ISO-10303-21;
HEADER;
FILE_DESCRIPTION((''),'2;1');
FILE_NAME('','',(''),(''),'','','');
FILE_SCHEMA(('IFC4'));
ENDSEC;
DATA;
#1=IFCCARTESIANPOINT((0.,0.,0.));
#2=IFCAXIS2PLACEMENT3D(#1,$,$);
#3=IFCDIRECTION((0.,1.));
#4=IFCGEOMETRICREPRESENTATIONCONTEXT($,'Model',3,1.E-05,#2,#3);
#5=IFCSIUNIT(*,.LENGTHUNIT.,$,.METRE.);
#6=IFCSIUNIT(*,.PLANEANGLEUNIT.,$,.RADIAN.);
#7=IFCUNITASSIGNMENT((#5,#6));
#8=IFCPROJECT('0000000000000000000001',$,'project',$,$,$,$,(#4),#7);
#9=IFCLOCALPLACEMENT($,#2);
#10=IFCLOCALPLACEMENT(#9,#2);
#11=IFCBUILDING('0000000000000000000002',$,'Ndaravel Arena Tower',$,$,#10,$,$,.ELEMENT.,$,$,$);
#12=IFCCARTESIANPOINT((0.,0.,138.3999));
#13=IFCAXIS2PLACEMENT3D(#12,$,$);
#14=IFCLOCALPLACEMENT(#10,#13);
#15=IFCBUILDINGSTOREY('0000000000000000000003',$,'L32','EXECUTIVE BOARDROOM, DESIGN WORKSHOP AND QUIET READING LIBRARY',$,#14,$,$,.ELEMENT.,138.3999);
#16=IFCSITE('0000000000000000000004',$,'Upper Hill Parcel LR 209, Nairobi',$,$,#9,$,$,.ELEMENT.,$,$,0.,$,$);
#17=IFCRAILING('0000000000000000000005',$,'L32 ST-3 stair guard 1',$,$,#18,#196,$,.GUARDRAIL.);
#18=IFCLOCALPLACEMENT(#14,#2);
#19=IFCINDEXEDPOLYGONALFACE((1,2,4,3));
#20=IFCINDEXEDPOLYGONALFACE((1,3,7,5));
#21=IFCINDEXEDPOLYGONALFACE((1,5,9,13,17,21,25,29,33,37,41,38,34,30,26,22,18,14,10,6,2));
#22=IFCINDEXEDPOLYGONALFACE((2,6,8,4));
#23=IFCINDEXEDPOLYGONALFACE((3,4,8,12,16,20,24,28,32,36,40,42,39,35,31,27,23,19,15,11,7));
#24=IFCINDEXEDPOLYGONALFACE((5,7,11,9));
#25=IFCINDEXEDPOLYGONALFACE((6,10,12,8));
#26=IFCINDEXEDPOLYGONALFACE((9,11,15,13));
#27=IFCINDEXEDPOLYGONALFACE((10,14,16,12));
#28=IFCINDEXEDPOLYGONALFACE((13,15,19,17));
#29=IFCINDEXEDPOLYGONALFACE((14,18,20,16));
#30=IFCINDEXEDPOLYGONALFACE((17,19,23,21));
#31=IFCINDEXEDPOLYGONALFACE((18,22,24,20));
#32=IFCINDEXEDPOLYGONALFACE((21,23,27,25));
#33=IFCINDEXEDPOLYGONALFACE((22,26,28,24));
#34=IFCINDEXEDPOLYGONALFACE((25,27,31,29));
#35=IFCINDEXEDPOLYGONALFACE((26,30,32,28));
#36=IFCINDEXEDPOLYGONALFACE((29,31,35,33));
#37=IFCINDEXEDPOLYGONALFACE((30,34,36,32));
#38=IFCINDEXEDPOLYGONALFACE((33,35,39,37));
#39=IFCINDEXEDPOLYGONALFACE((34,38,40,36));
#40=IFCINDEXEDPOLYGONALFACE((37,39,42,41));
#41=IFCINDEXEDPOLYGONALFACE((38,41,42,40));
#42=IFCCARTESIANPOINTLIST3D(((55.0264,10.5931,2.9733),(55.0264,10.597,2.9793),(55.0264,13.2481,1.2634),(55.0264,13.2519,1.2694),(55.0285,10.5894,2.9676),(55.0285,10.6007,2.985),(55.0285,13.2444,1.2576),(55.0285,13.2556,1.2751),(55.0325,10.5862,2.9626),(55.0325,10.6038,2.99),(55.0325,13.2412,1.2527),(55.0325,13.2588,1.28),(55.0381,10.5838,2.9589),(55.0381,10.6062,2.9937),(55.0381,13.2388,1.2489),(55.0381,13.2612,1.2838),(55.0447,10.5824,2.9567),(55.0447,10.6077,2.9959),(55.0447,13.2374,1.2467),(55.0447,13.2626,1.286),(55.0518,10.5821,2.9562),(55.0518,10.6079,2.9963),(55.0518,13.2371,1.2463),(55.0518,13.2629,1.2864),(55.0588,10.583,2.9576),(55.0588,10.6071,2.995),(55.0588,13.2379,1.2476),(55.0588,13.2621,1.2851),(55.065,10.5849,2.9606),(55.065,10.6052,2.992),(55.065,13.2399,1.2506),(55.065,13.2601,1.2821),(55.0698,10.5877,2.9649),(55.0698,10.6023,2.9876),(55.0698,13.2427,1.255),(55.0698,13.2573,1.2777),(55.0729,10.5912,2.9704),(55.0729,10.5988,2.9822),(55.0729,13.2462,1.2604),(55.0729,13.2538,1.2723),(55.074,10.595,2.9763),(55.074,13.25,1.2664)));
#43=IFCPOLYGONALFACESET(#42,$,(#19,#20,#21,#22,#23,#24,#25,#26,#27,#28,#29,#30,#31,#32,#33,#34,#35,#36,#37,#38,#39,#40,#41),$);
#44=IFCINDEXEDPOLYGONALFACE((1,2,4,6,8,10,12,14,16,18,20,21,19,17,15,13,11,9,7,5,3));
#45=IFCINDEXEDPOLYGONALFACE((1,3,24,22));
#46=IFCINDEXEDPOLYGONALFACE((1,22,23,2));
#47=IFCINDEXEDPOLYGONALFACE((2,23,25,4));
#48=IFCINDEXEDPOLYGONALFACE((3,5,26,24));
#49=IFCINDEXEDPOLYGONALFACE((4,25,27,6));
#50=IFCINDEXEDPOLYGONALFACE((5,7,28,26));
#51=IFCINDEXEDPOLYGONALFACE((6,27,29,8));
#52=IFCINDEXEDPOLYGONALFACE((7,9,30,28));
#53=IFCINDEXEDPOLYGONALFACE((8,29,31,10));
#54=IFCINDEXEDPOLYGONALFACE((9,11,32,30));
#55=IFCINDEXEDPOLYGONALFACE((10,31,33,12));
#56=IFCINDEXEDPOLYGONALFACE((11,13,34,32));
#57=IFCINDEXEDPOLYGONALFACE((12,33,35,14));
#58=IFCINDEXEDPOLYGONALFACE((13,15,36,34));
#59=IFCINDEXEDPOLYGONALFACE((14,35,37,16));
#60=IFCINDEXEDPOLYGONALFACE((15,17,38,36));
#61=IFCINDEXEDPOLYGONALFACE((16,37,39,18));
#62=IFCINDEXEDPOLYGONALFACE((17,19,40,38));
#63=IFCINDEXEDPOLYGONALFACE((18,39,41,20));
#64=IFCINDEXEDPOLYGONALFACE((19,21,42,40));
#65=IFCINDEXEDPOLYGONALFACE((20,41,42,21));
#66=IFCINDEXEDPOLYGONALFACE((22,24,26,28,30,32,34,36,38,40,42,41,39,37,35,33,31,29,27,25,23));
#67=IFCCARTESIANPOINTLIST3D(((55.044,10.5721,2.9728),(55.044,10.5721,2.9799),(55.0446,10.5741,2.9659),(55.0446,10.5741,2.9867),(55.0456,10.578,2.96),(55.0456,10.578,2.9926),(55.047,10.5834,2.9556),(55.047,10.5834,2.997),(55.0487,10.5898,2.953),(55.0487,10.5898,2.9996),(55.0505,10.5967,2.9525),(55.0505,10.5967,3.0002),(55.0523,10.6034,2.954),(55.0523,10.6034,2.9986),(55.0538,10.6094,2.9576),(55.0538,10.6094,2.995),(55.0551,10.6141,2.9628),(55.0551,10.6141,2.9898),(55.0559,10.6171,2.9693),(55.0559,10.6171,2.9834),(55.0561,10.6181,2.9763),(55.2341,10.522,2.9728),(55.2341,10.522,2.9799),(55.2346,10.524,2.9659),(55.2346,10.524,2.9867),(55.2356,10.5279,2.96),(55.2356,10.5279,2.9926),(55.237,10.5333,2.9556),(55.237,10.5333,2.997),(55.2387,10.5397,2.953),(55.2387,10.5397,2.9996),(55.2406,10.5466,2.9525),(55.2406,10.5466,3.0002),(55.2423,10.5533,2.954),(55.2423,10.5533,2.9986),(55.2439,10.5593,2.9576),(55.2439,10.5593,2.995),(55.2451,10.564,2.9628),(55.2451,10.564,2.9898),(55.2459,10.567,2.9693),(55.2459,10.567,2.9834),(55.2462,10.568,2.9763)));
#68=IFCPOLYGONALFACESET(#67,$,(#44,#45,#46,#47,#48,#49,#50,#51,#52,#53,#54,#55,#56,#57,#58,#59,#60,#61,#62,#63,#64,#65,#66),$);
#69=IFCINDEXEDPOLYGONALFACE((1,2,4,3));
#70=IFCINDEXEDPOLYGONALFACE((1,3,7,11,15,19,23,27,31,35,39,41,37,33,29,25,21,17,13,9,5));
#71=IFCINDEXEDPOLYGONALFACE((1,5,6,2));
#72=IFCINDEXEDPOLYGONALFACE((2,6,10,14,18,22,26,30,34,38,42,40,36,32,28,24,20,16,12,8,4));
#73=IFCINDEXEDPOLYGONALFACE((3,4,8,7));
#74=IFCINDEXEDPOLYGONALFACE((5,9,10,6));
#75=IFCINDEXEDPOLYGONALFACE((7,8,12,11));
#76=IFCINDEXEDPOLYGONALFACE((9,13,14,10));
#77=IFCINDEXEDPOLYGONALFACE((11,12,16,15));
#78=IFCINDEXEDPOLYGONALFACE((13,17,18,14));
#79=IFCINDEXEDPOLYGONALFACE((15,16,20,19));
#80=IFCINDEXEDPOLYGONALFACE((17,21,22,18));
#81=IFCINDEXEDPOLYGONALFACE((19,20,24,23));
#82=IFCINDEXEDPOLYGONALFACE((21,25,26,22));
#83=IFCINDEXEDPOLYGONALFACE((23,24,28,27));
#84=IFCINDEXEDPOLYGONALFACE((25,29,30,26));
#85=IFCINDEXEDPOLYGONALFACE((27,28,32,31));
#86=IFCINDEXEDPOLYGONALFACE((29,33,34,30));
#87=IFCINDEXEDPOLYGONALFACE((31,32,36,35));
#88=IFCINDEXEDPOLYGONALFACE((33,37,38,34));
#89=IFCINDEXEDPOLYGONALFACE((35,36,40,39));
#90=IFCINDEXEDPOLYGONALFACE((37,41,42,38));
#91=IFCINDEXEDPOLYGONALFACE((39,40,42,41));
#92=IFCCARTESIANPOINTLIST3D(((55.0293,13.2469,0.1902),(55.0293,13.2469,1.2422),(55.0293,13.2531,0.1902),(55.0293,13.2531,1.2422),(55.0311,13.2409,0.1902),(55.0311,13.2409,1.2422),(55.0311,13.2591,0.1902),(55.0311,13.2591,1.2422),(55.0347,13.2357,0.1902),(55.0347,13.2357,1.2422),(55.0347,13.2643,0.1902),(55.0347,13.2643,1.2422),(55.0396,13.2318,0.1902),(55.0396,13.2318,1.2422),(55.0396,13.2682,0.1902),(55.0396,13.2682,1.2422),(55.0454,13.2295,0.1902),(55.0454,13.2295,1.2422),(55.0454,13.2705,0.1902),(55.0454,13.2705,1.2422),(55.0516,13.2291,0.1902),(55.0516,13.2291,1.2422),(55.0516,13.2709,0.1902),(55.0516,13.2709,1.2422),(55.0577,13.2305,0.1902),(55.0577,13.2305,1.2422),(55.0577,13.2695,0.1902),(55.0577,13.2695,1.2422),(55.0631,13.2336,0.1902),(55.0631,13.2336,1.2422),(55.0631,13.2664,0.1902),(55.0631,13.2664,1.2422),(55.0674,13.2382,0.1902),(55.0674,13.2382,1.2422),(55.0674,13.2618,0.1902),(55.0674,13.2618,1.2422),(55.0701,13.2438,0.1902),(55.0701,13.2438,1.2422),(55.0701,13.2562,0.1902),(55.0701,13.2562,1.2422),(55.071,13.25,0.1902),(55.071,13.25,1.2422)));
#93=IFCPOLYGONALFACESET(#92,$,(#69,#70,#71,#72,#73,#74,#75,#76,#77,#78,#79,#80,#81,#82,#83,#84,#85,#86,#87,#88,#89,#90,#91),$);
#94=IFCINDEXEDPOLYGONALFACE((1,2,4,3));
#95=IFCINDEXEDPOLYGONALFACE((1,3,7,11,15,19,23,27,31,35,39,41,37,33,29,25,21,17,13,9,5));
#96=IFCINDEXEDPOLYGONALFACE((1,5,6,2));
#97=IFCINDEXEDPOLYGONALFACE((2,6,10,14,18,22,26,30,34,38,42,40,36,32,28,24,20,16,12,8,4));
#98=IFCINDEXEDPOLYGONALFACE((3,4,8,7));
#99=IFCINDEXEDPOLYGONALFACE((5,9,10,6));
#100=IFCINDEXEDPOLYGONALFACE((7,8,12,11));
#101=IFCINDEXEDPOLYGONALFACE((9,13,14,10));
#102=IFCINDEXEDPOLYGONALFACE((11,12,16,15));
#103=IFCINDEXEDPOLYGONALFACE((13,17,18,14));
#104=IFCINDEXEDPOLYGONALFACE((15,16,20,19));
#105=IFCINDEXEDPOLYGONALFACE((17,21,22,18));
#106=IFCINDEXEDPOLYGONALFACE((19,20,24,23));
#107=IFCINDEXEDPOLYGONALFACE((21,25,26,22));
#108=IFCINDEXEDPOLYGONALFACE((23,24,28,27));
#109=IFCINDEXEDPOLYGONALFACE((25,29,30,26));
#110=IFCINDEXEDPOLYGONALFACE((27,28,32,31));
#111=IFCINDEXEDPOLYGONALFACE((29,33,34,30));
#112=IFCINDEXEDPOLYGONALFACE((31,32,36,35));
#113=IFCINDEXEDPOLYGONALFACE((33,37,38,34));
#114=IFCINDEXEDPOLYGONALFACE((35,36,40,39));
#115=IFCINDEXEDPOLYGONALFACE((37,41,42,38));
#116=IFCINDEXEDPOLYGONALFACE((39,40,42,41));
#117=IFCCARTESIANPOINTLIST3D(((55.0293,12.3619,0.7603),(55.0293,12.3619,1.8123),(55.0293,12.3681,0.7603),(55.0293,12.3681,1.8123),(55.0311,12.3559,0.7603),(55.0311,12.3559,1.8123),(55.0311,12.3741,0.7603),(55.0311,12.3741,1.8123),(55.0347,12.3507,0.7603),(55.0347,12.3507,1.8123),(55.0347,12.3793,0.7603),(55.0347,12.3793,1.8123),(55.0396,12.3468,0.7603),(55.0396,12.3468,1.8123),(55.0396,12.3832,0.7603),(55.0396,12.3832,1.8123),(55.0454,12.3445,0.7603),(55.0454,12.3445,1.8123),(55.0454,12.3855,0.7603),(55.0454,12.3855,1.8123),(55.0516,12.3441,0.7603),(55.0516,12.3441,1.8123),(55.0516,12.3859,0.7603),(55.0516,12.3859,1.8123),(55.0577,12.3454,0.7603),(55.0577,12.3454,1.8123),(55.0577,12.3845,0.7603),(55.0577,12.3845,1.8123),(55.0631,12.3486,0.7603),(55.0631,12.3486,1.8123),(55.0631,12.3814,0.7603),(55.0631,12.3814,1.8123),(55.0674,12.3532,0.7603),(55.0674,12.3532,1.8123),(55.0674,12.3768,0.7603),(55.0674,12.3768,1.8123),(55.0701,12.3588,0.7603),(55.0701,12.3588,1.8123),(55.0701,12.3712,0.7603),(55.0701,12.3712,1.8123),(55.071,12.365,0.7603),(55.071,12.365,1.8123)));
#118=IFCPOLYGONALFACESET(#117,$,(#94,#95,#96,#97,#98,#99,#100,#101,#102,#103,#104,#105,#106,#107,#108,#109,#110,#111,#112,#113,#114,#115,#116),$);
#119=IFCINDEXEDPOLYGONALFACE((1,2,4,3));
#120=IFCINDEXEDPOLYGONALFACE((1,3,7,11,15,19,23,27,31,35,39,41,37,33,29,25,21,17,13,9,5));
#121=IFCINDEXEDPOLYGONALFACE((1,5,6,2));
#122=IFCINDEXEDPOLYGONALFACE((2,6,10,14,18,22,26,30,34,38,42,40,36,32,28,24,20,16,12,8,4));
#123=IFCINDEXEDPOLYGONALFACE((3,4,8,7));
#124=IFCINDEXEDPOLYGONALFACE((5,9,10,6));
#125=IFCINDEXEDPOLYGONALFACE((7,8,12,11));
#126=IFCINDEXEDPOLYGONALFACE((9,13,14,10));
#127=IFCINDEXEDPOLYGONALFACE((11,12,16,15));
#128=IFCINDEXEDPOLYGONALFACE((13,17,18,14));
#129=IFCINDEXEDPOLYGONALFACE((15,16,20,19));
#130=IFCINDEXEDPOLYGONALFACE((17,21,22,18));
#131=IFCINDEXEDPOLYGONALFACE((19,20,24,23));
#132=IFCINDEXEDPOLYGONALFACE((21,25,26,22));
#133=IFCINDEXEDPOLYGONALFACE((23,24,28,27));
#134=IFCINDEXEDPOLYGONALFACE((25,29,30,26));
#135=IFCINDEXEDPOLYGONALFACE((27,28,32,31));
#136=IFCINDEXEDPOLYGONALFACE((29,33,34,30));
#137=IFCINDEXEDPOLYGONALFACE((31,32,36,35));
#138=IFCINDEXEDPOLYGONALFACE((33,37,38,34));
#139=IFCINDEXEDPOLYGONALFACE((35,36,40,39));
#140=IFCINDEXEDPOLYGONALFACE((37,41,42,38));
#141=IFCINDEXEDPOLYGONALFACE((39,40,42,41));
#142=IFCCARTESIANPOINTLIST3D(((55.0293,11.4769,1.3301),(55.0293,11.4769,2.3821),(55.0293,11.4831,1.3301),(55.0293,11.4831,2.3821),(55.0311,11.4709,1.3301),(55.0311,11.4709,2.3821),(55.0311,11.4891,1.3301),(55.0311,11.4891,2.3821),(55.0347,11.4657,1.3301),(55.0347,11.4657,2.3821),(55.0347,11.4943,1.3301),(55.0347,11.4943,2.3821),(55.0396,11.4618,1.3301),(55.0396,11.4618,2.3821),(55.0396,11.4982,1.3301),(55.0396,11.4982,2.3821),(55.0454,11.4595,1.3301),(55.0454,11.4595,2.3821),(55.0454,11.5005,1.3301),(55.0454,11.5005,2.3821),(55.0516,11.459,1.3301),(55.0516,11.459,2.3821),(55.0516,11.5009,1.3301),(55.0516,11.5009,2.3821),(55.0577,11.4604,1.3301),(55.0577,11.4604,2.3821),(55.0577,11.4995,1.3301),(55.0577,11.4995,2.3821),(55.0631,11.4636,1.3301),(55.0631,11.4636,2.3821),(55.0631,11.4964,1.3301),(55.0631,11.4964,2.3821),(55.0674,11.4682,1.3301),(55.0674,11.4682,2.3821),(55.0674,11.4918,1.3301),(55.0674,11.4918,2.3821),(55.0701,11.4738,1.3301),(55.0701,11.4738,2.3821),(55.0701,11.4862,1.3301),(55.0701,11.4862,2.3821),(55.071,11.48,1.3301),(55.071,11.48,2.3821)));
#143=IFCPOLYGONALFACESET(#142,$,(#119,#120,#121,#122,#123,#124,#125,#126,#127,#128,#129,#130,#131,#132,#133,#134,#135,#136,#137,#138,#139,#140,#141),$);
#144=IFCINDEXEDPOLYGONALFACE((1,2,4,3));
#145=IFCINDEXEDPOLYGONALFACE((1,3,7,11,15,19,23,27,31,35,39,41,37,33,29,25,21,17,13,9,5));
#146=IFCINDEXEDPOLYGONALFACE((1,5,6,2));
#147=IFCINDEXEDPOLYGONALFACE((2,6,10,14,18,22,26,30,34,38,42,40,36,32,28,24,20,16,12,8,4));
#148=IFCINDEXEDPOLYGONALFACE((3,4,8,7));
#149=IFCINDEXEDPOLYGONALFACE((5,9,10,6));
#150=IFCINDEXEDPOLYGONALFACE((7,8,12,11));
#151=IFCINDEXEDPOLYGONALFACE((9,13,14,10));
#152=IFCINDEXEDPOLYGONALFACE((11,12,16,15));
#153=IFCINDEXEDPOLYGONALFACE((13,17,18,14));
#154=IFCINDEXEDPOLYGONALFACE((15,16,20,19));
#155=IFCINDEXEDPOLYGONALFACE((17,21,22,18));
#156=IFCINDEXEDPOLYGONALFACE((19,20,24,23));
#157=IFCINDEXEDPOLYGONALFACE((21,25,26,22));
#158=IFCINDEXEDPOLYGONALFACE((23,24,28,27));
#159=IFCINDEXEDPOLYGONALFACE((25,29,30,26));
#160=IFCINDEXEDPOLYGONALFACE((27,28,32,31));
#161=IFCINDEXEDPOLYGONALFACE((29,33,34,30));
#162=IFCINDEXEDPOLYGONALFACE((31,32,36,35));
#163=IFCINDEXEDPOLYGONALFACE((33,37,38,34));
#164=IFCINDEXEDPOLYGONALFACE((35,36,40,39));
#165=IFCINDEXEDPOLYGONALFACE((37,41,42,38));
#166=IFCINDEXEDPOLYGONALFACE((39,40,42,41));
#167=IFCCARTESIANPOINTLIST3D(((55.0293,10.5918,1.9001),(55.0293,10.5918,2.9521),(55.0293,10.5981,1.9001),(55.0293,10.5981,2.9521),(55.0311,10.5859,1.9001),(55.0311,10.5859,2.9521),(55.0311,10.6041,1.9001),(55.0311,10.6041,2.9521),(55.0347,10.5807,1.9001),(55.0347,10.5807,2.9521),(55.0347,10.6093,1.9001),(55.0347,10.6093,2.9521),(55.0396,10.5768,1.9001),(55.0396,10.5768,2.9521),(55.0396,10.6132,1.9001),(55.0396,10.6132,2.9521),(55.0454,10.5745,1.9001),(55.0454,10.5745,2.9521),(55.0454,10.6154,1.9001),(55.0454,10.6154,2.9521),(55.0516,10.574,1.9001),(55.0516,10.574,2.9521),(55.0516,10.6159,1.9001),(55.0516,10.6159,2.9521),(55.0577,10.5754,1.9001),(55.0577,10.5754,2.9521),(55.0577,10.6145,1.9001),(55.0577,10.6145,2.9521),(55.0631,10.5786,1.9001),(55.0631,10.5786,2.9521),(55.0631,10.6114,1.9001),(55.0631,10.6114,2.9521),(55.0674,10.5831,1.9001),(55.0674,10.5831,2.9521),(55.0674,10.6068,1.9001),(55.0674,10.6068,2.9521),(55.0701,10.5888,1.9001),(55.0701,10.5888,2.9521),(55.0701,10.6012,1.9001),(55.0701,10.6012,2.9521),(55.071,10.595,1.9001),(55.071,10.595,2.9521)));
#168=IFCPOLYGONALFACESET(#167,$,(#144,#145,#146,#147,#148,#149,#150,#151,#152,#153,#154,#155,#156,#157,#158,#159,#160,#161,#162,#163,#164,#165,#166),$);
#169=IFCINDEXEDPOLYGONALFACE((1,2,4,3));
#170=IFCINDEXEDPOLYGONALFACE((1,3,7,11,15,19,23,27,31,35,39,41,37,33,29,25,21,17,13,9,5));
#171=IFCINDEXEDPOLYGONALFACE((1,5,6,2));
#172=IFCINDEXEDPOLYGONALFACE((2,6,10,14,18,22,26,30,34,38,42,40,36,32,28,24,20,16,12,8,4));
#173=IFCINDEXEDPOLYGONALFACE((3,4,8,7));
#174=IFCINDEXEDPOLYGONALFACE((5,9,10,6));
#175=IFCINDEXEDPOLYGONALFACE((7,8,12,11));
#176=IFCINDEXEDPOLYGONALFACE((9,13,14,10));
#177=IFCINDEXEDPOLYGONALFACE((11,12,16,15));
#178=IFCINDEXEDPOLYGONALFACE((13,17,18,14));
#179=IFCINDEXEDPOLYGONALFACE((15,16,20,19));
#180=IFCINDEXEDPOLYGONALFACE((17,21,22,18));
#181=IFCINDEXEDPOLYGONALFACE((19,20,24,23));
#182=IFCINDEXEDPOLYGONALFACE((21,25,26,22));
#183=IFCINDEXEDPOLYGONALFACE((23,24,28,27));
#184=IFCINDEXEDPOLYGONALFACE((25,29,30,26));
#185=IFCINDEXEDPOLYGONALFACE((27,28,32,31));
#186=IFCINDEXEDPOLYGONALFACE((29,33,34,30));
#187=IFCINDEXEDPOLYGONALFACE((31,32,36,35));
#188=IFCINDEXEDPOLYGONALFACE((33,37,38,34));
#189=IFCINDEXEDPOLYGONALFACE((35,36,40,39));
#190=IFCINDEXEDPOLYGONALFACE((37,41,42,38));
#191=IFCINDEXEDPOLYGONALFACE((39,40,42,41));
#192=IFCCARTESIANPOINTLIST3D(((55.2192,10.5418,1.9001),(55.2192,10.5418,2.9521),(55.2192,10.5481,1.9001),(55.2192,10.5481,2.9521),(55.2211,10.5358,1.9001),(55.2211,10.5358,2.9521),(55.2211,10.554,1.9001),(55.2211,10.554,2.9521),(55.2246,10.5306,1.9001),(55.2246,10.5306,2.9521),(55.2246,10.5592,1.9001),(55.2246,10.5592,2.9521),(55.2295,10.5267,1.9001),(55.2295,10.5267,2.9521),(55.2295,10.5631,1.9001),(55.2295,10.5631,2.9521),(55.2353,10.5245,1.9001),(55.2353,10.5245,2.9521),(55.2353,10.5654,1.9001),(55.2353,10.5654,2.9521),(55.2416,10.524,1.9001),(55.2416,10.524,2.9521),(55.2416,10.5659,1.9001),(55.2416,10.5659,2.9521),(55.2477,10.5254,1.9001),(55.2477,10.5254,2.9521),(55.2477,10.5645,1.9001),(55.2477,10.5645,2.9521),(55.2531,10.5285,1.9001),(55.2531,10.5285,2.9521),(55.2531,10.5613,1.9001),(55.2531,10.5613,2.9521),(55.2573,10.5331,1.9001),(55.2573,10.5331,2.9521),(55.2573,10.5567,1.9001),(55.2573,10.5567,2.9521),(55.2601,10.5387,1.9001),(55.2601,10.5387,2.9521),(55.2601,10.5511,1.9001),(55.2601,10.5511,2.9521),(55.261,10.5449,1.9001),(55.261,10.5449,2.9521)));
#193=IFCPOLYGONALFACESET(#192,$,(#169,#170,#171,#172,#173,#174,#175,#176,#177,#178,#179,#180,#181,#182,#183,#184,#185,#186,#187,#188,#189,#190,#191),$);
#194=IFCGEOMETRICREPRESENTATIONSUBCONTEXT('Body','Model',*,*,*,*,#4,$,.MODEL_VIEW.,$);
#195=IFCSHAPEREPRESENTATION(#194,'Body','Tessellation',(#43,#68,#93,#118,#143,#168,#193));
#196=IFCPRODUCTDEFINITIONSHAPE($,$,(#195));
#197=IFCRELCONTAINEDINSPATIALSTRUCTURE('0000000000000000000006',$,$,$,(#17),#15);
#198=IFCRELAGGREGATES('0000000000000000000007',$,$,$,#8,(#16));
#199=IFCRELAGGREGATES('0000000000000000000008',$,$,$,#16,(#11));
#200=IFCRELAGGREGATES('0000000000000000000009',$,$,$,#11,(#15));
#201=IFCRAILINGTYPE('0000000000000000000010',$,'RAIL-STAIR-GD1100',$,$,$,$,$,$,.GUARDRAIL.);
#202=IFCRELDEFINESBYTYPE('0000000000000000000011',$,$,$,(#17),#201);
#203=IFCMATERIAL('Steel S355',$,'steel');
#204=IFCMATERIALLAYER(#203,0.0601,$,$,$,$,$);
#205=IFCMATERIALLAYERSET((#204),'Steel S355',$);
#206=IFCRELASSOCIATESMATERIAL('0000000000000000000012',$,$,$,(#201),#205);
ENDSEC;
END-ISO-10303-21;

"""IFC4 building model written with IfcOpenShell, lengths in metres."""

from ifc_helpers import new_model, si_unit, direction, frame, origin, origin_2d, place, context, subcontext, project, spatial, circle, extrude, material, layer, layer_set, type_object, element, save


model = new_model("IFC4")

# Units and contexts
model_context = context("Model", 3, precision=1e-05, world=origin(), true_north=direction((0.0, 1.0)))
body_context = subcontext(model_context, "Body", "Model", "MODEL_VIEW")
ifc_project = project(units=[si_unit("LENGTHUNIT", "METRE"), si_unit("PLANEANGLEUNIT", "RADIAN")], contexts=[model_context])

# Site, building, storey
site_placement = place(None, origin())
site = spatial("IfcSite", under=ifc_project, at=site_placement, Name="Upper Hill Parcel LR 209, Nairobi", CompositionType="ELEMENT", RefElevation=0.0)
building_placement = place(site_placement, origin())
building = spatial("IfcBuilding", under=site, at=building_placement, Name="Ndaravel Arena Tower", CompositionType="ELEMENT")
storey_placement = place(building_placement, frame((0.0, 0.0, 138.3999)))
storey = spatial("IfcBuildingStorey", under=building, at=storey_placement, Name="L32", Description="EXECUTIVE BOARDROOM, DESIGN WORKSHOP AND QUIET READING LIBRARY", CompositionType="ELEMENT", Elevation=138.3999)

# Railing
ifc_material_1 = material(Name="Steel S355", Category="steel")
ifc_layer_1 = layer(ifc_material_1, 0.0601)
ifc_layer_set_1 = layer_set([ifc_layer_1], Name="Steel S355")
railing_type_1 = type_object("IfcRailingType", Name="RAIL-STAIR-GD1100", PredefinedType="GUARDRAIL", material=ifc_layer_set_1)
railing_1_placement = place(storey_placement, frame((55.05, 13.25, 0.1902)))
element("IfcRailing", 1, at=railing_1_placement, inside=storey, type_object=railing_type_1, Name="L32 ST-3 stair guard 1", PredefinedType="GUARDRAIL", context=body_context, shape_type="SweptSolid", body=[
    extrude(circle(Radius=0.0239, at=origin_2d()), frame((0.0, 0.0, 1.0762), z_axis=(0.0, -0.840724, 0.541465), x_axis=(1.0, 0.0, 0.0)), (0.0, 0.0, 1.0), 3.158),
    extrude(circle(Radius=0.0239, at=origin_2d()), frame((0.0, -2.655, 2.7861), z_axis=(0.966994, -0.254799, 0.0), x_axis=(0.254799, 0.966994, 0.0)), (0.0, 0.0, 1.0), 0.1965),
    extrude(circle(Radius=0.021, at=origin_2d()), origin(), (0.0, 0.0, 1.0), 1.052),
    extrude(circle(Radius=0.021, at=origin_2d()), frame((0.0, -0.885, 0.5701)), (0.0, 0.0, 1.0), 1.052),
    extrude(circle(Radius=0.021, at=origin_2d()), frame((0.0, -1.77, 1.1399)), (0.0, 0.0, 1.0), 1.052),
    extrude(circle(Radius=0.021, at=origin_2d()), frame((0.0, -2.655, 1.71)), (0.0, 0.0, 1.0), 1.052),
    extrude(circle(Radius=0.021, at=origin_2d()), frame((0.1899, -2.7051, 1.71)), (0.0, 0.0, 1.0), 1.052),
])

save(model, "model.ifc")
